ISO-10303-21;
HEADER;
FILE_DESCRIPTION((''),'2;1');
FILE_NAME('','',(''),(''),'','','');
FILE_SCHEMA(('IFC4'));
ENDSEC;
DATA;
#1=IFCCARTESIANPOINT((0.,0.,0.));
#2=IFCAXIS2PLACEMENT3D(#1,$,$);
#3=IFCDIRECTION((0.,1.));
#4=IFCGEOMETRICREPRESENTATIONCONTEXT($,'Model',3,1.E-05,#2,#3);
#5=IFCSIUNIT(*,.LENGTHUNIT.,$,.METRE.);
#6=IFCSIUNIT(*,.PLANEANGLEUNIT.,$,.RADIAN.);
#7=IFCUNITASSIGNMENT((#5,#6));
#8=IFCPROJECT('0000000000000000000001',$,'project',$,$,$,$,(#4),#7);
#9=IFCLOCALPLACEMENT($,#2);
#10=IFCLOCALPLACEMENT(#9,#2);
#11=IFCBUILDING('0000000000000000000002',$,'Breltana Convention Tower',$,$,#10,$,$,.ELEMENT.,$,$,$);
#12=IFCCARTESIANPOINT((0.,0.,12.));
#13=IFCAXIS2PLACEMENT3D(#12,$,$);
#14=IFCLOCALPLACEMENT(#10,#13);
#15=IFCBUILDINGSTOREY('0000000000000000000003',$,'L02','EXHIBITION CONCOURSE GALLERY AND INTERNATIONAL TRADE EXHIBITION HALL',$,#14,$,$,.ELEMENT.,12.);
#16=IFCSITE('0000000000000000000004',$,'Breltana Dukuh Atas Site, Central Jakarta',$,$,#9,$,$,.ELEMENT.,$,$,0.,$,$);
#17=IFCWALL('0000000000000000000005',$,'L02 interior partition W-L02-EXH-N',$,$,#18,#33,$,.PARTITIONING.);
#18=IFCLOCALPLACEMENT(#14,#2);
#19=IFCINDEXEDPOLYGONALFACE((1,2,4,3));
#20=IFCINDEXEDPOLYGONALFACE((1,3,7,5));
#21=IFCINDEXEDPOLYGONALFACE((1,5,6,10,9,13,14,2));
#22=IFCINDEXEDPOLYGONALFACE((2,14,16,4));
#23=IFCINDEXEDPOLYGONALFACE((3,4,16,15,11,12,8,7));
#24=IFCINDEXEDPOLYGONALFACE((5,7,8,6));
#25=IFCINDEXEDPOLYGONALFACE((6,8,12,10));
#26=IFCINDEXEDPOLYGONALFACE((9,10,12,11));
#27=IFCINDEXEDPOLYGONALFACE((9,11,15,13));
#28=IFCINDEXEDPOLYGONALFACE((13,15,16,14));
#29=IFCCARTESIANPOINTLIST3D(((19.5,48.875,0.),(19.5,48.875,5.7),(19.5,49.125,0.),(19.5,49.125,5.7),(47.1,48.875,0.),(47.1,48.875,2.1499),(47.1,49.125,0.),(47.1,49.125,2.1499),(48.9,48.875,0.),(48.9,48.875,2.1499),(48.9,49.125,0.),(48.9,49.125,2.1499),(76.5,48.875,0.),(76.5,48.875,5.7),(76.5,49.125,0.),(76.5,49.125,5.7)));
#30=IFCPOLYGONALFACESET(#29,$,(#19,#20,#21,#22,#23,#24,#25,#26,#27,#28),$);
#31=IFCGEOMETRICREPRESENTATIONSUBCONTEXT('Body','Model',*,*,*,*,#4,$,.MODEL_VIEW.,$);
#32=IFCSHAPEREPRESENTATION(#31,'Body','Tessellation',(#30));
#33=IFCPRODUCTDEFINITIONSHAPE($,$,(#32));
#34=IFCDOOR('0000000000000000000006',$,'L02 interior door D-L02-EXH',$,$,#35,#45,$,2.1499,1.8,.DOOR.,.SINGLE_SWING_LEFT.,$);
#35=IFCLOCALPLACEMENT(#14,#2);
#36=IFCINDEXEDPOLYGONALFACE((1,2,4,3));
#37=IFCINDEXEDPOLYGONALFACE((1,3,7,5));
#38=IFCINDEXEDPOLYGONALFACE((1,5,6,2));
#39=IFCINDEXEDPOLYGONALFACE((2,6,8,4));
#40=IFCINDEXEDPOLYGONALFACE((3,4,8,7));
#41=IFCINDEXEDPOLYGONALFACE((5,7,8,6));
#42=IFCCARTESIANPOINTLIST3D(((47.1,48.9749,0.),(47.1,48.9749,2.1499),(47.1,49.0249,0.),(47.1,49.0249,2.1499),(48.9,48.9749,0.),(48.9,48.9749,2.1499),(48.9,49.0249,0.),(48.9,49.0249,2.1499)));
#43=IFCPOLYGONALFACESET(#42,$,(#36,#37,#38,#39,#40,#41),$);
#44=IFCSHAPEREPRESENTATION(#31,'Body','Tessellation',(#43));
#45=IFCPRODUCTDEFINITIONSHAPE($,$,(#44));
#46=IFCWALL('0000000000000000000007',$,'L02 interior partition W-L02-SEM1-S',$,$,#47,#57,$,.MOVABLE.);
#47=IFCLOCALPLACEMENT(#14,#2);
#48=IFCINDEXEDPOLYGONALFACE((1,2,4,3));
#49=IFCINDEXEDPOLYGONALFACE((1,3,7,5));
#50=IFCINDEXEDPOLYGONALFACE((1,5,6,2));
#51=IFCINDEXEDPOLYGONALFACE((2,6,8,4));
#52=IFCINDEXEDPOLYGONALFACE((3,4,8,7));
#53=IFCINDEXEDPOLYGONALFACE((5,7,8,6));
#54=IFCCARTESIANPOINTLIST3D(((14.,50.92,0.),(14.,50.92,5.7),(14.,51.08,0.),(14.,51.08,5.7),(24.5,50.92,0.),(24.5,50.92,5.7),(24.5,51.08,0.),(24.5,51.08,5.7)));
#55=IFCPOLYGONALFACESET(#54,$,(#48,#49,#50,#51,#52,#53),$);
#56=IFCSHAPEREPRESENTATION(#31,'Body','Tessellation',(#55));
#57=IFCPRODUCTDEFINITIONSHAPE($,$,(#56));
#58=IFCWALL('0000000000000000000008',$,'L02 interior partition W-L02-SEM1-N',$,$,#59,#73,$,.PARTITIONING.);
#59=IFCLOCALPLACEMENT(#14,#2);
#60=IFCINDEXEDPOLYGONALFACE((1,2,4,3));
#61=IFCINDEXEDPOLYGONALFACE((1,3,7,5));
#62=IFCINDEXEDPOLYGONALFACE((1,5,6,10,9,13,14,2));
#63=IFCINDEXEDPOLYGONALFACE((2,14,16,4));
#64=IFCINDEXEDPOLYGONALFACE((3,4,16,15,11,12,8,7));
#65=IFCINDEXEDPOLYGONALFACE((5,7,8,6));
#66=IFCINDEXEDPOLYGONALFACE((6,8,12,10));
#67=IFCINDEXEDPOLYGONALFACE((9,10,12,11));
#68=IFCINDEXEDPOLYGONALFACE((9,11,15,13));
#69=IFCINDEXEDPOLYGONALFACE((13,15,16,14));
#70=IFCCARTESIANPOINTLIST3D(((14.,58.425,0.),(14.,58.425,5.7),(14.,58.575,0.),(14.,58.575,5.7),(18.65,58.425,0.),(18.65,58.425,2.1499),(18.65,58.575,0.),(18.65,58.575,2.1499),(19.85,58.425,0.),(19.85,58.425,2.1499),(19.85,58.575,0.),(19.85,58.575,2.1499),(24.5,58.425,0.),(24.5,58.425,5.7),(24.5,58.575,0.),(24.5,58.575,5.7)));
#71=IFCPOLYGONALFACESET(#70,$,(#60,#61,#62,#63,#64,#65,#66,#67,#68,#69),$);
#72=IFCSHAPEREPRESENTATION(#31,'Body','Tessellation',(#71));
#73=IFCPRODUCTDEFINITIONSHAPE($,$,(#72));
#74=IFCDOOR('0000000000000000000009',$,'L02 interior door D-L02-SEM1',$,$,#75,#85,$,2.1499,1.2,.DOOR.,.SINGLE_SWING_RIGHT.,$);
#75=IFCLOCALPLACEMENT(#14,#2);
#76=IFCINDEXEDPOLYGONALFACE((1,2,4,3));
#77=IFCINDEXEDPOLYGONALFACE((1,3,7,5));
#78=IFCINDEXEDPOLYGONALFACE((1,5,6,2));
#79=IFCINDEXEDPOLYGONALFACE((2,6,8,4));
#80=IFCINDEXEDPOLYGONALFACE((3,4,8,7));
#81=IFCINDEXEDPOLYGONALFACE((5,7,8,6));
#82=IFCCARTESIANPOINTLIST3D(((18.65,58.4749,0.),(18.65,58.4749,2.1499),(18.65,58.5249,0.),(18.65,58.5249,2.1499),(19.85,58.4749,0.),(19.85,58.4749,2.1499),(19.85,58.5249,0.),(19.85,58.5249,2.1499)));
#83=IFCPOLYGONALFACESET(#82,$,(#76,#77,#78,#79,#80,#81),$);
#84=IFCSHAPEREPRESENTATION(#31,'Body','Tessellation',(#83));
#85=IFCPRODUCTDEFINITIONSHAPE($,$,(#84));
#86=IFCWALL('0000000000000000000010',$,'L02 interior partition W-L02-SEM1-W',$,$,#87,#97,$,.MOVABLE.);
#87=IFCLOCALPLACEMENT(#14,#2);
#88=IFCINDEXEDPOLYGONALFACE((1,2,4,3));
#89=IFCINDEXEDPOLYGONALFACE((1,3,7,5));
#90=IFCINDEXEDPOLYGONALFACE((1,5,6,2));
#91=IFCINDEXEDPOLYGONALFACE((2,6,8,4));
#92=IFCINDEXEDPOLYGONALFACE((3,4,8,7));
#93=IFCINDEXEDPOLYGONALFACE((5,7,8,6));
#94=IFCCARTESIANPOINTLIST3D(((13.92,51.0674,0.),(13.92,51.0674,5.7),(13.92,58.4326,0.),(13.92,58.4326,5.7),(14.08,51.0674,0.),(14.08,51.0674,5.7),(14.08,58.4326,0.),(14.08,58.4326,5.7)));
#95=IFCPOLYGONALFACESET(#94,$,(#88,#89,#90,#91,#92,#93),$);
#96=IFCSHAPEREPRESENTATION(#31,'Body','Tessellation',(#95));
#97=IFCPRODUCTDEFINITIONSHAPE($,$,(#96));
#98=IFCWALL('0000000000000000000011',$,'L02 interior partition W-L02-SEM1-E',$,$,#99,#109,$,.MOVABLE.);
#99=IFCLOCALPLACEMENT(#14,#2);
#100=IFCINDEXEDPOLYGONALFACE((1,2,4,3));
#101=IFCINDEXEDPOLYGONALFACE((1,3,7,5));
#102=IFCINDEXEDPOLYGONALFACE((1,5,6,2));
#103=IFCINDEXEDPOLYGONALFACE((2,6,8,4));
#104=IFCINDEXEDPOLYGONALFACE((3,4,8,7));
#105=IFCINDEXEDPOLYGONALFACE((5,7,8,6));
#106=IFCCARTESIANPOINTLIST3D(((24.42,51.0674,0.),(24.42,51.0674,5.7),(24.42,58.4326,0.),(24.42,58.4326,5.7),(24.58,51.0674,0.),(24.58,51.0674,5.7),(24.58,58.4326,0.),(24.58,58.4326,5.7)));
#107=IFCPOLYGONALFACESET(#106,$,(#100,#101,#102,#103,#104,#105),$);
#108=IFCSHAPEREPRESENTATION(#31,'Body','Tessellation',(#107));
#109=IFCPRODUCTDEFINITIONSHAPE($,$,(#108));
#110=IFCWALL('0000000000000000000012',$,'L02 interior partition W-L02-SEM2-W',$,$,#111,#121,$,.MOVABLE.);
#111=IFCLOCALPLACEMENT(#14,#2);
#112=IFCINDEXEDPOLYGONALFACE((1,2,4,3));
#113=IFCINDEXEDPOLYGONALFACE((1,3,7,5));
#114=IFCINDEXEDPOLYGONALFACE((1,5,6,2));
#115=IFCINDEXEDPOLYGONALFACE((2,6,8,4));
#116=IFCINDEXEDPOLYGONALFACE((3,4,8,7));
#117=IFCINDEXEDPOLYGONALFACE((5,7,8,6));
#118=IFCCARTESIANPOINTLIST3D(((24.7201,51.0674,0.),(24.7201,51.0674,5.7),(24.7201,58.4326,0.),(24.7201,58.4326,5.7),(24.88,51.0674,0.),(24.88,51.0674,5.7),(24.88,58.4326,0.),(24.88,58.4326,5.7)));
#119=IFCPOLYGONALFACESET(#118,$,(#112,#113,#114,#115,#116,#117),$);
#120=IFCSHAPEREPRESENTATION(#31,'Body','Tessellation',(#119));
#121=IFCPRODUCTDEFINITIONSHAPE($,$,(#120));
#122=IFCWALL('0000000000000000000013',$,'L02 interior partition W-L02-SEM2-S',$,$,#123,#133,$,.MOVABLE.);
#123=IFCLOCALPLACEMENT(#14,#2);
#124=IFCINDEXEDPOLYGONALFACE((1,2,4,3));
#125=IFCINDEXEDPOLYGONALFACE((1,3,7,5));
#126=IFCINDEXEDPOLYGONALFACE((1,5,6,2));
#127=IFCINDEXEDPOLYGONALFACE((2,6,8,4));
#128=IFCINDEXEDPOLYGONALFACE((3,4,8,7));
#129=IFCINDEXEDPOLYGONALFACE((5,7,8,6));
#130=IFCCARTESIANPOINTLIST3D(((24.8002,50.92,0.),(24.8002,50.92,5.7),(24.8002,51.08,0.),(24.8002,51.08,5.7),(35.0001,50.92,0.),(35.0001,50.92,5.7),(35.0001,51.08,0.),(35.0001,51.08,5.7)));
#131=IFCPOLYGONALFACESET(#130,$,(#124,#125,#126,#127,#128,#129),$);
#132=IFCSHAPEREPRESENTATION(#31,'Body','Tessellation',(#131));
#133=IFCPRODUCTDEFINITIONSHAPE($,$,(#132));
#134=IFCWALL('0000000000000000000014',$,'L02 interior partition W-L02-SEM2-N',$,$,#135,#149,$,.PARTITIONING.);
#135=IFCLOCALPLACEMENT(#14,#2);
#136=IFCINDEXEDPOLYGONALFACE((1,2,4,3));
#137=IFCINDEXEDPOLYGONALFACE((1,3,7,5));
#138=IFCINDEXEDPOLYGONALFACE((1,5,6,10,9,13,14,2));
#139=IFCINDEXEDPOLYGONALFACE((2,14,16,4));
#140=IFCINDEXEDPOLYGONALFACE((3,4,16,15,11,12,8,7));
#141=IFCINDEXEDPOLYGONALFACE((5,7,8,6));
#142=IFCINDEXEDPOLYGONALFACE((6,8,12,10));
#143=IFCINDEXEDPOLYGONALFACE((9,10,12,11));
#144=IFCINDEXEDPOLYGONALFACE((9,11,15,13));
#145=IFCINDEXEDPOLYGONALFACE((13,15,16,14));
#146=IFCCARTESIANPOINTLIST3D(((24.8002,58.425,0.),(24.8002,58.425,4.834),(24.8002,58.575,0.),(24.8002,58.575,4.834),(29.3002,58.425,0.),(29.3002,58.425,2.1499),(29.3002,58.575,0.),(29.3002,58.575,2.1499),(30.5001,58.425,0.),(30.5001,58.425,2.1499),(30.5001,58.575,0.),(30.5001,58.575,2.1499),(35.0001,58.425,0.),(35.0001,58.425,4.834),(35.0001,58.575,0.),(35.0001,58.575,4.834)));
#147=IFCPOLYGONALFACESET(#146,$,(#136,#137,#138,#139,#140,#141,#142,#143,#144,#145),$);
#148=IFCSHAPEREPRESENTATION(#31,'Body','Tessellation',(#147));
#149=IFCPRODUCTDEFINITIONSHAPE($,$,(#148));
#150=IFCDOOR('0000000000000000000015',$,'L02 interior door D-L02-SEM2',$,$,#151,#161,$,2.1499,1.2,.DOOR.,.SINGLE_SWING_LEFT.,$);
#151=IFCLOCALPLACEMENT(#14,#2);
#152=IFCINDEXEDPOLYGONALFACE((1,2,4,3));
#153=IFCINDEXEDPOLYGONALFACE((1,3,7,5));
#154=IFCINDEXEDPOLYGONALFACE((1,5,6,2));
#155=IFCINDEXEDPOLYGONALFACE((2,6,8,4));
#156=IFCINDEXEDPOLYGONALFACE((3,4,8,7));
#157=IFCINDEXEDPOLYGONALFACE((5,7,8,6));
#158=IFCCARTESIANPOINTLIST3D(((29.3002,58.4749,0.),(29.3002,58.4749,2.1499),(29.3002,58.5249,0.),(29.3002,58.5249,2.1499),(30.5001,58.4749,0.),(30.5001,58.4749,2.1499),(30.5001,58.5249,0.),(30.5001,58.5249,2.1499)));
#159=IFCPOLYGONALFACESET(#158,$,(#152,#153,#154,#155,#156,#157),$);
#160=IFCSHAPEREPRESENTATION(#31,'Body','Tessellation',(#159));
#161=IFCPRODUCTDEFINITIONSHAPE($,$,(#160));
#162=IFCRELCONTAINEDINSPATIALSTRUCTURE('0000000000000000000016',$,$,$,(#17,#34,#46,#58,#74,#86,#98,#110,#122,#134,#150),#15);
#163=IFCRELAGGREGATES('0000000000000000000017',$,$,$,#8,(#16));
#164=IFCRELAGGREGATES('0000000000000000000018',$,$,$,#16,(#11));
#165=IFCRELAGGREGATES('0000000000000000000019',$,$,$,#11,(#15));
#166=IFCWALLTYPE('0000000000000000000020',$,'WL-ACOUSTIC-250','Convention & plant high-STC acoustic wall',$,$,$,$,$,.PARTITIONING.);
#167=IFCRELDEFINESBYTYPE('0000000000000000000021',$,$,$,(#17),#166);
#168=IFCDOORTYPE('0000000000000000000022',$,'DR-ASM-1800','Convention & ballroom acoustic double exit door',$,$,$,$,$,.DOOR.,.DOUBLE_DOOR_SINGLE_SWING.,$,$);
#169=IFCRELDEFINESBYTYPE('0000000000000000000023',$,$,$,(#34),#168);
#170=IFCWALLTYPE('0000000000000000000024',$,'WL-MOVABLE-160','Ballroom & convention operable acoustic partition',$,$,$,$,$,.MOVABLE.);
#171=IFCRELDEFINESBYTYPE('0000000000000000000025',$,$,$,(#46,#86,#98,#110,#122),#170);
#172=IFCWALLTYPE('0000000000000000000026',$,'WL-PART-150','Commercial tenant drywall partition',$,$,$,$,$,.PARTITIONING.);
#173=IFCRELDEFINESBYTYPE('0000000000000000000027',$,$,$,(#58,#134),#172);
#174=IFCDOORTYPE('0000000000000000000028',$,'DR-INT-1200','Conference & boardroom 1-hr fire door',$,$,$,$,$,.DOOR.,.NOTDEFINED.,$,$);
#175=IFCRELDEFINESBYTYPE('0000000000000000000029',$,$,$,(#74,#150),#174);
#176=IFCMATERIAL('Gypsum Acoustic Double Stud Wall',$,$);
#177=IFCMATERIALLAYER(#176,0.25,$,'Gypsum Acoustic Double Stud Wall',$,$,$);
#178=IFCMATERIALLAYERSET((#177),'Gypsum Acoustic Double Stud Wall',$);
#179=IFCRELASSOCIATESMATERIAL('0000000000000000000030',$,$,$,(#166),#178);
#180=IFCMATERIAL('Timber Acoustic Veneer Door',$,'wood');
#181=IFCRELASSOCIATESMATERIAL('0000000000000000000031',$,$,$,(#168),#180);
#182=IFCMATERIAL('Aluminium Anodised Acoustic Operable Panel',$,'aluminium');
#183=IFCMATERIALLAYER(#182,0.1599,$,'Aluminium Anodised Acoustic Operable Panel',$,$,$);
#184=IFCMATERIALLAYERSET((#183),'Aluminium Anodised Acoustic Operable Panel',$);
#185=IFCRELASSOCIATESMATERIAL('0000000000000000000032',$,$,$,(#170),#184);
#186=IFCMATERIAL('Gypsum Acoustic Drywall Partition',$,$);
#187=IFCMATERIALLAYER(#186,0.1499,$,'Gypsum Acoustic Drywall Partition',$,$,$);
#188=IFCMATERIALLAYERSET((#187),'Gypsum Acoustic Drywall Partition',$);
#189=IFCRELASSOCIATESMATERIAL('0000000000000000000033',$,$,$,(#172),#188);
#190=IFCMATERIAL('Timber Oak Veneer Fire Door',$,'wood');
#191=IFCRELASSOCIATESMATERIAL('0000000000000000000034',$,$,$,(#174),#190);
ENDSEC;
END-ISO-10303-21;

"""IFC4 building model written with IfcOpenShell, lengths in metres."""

from ifc_helpers import new_model, si_unit, direction, frame, frame_2d, origin, place, context, subcontext, project, spatial, rectangle, extrude, source, transform, mapped, material, layer, layer_set, type_object, type_shapes, element, fill, save


model = new_model("IFC4")

# Units and contexts
model_context = context("Model", 3, precision=1e-05, world=origin(), true_north=direction((0.0, 1.0)))
body_context = subcontext(model_context, "Body", "Model", "MODEL_VIEW")
ifc_project = project(units=[si_unit("LENGTHUNIT", "METRE"), si_unit("PLANEANGLEUNIT", "RADIAN")], contexts=[model_context])

# Site, building, storey
site_placement = place(None, origin())
site = spatial("IfcSite", under=ifc_project, at=site_placement, Name="Breltana Dukuh Atas Site, Central Jakarta", CompositionType="ELEMENT", RefElevation=0.0)
building_placement = place(site_placement, origin())
building = spatial("IfcBuilding", under=site, at=building_placement, Name="Breltana Convention Tower", CompositionType="ELEMENT")
storey_placement = place(building_placement, frame((0.0, 0.0, 12.0)))
storey = spatial("IfcBuildingStorey", under=building, at=storey_placement, Name="L02", Description="EXHIBITION CONCOURSE GALLERY AND INTERNATIONAL TRADE EXHIBITION HALL", CompositionType="ELEMENT", Elevation=12.0)

# Wall, opening, door
ifc_material_1 = material(Name="Gypsum Acoustic Double Stud Wall")
ifc_layer_1 = layer(ifc_material_1, 0.25, Name="Gypsum Acoustic Double Stud Wall")
ifc_layer_set_1 = layer_set([ifc_layer_1], Name="Gypsum Acoustic Double Stud Wall")
wall_type_1 = type_object("IfcWallType", Name="WL-ACOUSTIC-250", Description="Convention & plant high-STC acoustic wall", PredefinedType="PARTITIONING", material=ifc_layer_set_1)
shared_shape_1 = source(origin(), body_context, "Body", "SweptSolid", [
    extrude(rectangle(XDim=57.0, YDim=0.25, at=frame_2d((28.5, 0.0))), origin(), (0.0, 0.0, 1.0), 5.7),
])
wall_1_placement = place(storey_placement, frame((19.5, 49.0, 0.0), z_axis=(0.0, 0.0, 1.0), x_axis=(1.0, 0.0, 0.0)))
wall_1 = element("IfcWall", 1, at=wall_1_placement, inside=storey, type_object=wall_type_1, Name="L02 interior partition W-L02-EXH-N", PredefinedType="PARTITIONING", context=body_context, shape_type="MappedRepresentation", body=[
    mapped(shared_shape_1, transform((0.0, 0.0, 0.0), scale=1.0)),
])
opening_1_placement = place(wall_1_placement, frame((27.6001, 0.0, 0.0)))
opening_1 = element("IfcOpeningElement", 2, at=opening_1_placement, cuts=wall_1, PredefinedType="OPENING", context=body_context, shape_type="SweptSolid", body=[
    extrude(rectangle(XDim=1.8, YDim=2.1499, at=frame_2d((0.8999, 1.075))), frame((0.0, 0.135, 0.0), z_axis=(0.0, -1.0, 0.0), x_axis=(1.0, 0.0, 0.0)), (0.0, 0.0, 1.0), 0.27),
])
ifc_material_2 = material(Name="Timber Acoustic Veneer Door", Category="wood")
door_type_1 = type_object("IfcDoorType", Name="DR-ASM-1800", Description="Convention & ballroom acoustic double exit door", OperationType="DOUBLE_DOOR_SINGLE_SWING", PredefinedType="DOOR", material=ifc_material_2)
shared_shape_2 = source(origin(), body_context, "Body", "SweptSolid", [
    extrude(rectangle(XDim=1.8, YDim=2.1499, at=frame_2d((0.8999, 1.075))), frame((0.0, 0.0249, 0.0), z_axis=(0.0, -1.0, 0.0), x_axis=(1.0, 0.0, 0.0)), (0.0, 0.0, 1.0), 0.05),
])
type_shapes(door_type_1, [shared_shape_2])
door_1_placement = place(opening_1_placement, origin())
door_1 = element("IfcDoor", 3, at=door_1_placement, inside=storey, type_object=door_type_1, Name="L02 interior door D-L02-EXH", OperationType="SINGLE_SWING_LEFT", OverallHeight=2.1499, OverallWidth=1.8, PredefinedType="DOOR", context=body_context, shape_type="MappedRepresentation", body=[
    mapped(shared_shape_2, transform((0.0, 0.0, 0.0), scale=1.0)),
])
fill(opening_1, door_1)

# Wall
ifc_material_3 = material(Name="Aluminium Anodised Acoustic Operable Panel", Category="aluminium")
ifc_layer_2 = layer(ifc_material_3, 0.1599, Name="Aluminium Anodised Acoustic Operable Panel")
ifc_layer_set_2 = layer_set([ifc_layer_2], Name="Aluminium Anodised Acoustic Operable Panel")
wall_type_2 = type_object("IfcWallType", Name="WL-MOVABLE-160", Description="Ballroom & convention operable acoustic partition", PredefinedType="MOVABLE", material=ifc_layer_set_2)
shared_shape_3 = source(origin(), body_context, "Body", "SweptSolid", [
    extrude(rectangle(XDim=10.5, YDim=0.1599, at=frame_2d((5.25, 0.0))), origin(), (0.0, 0.0, 1.0), 5.7),
])
wall_2_placement = place(storey_placement, frame((14.0, 51.0, 0.0), z_axis=(0.0, 0.0, 1.0), x_axis=(1.0, 0.0, 0.0)))
element("IfcWall", 4, at=wall_2_placement, inside=storey, type_object=wall_type_2, Name="L02 interior partition W-L02-SEM1-S", PredefinedType="MOVABLE", context=body_context, shape_type="MappedRepresentation", body=[
    mapped(shared_shape_3, transform((0.0, 0.0, 0.0), scale=1.0)),
])

# Wall, opening, door
ifc_material_4 = material(Name="Gypsum Acoustic Drywall Partition")
ifc_layer_3 = layer(ifc_material_4, 0.1499, Name="Gypsum Acoustic Drywall Partition")
ifc_layer_set_3 = layer_set([ifc_layer_3], Name="Gypsum Acoustic Drywall Partition")
wall_type_3 = type_object("IfcWallType", Name="WL-PART-150", Description="Commercial tenant drywall partition", PredefinedType="PARTITIONING", material=ifc_layer_set_3)
shared_shape_4 = source(origin(), body_context, "Body", "SweptSolid", [
    extrude(rectangle(XDim=10.5, YDim=0.1499, at=frame_2d((5.25, 0.0))), origin(), (0.0, 0.0, 1.0), 5.7),
])
wall_3_placement = place(storey_placement, frame((14.0, 58.5, 0.0), z_axis=(0.0, 0.0, 1.0), x_axis=(1.0, 0.0, 0.0)))
wall_3 = element("IfcWall", 5, at=wall_3_placement, inside=storey, type_object=wall_type_3, Name="L02 interior partition W-L02-SEM1-N", PredefinedType="PARTITIONING", context=body_context, shape_type="MappedRepresentation", body=[
    mapped(shared_shape_4, transform((0.0, 0.0, 0.0), scale=1.0)),
])
opening_2_placement = place(wall_3_placement, frame((4.6499, 0.0, 0.0)))
opening_2 = element("IfcOpeningElement", 6, at=opening_2_placement, cuts=wall_3, PredefinedType="OPENING", context=body_context, shape_type="SweptSolid", body=[
    extrude(rectangle(XDim=1.2, YDim=2.1499, at=frame_2d((0.6001, 1.075))), frame((0.0, 0.085, 0.0), z_axis=(0.0, -1.0, 0.0), x_axis=(1.0, 0.0, 0.0)), (0.0, 0.0, 1.0), 0.1699),
])
ifc_material_5 = material(Name="Timber Oak Veneer Fire Door", Category="wood")
door_type_2 = type_object("IfcDoorType", Name="DR-INT-1200", Description="Conference & boardroom 1-hr fire door", OperationType="NOTDEFINED", PredefinedType="DOOR", material=ifc_material_5)
shared_shape_5 = source(origin(), body_context, "Body", "SweptSolid", [
    extrude(rectangle(XDim=1.2, YDim=2.1499, at=frame_2d((0.6001, 1.075))), frame((0.0, 0.0249, 0.0), z_axis=(0.0, -1.0, 0.0), x_axis=(1.0, 0.0, 0.0)), (0.0, 0.0, 1.0), 0.05),
])
type_shapes(door_type_2, [shared_shape_5])
door_2_placement = place(opening_2_placement, origin())
door_2 = element("IfcDoor", 7, at=door_2_placement, inside=storey, type_object=door_type_2, Name="L02 interior door D-L02-SEM1", OperationType="SINGLE_SWING_RIGHT", OverallHeight=2.1499, OverallWidth=1.2, PredefinedType="DOOR", context=body_context, shape_type="MappedRepresentation", body=[
    mapped(shared_shape_5, transform((0.0, 0.0, 0.0), scale=1.0)),
])
fill(opening_2, door_2)

# Walls
shared_shape_6 = source(origin(), body_context, "Body", "SweptSolid", [
    extrude(rectangle(XDim=7.3652, YDim=0.1599, at=frame_2d((3.6826, 0.0))), origin(), (0.0, 0.0, 1.0), 5.7),
])
for number, where, z_axis, x_axis, name in (
    (8, (14.0, 51.0674, 0.0), (0.0, 0.0, 1.0), (0.0, 1.0, 0.0), "L02 interior partition W-L02-SEM1-W"),
    (9, (24.5, 51.0674, 0.0), (0.0, 0.0, 1.0), (0.0, 1.0, 0.0), "L02 interior partition W-L02-SEM1-E"),
    (10, (24.8, 51.0674, 0.0), (0.0, 0.0, 1.0), (0.0, 1.0, 0.0), "L02 interior partition W-L02-SEM2-W"),
):
    element("IfcWall", number, at=place(storey_placement, frame(where, z_axis=z_axis, x_axis=x_axis)), inside=storey, type_object=wall_type_2, Name=name, PredefinedType="MOVABLE", context=body_context, shape_type="MappedRepresentation", body=[
        mapped(shared_shape_6, transform((0.0, 0.0, 0.0), scale=1.0)),
    ])
shared_shape_7 = source(origin(), body_context, "Body", "SweptSolid", [
    extrude(rectangle(XDim=10.2, YDim=0.1599, at=frame_2d((5.1001, 0.0))), origin(), (0.0, 0.0, 1.0), 5.7),
])
wall_4_placement = place(storey_placement, frame((24.8, 51.0, 0.0), z_axis=(0.0, 0.0, 1.0), x_axis=(1.0, 0.0, 0.0)))
element("IfcWall", 11, at=wall_4_placement, inside=storey, type_object=wall_type_2, Name="L02 interior partition W-L02-SEM2-S", PredefinedType="MOVABLE", context=body_context, shape_type="MappedRepresentation", body=[
    mapped(shared_shape_7, transform((0.0, 0.0, 0.0), scale=1.0)),
])

# Wall, opening, door
shared_shape_8 = source(origin(), body_context, "Body", "SweptSolid", [
    extrude(rectangle(XDim=10.2, YDim=0.1499, at=frame_2d((5.1001, 0.0))), origin(), (0.0, 0.0, 1.0), 4.834),
])
wall_5_placement = place(storey_placement, frame((24.8, 58.5, 0.0), z_axis=(0.0, 0.0, 1.0), x_axis=(1.0, 0.0, 0.0)))
wall_5 = element("IfcWall", 12, at=wall_5_placement, inside=storey, type_object=wall_type_3, Name="L02 interior partition W-L02-SEM2-N", PredefinedType="PARTITIONING", context=body_context, shape_type="MappedRepresentation", body=[
    mapped(shared_shape_8, transform((0.0, 0.0, 0.0), scale=1.0)),
])
opening_3_placement = place(wall_5_placement, frame((4.5, 0.0, 0.0)))
opening_3 = element("IfcOpeningElement", 13, at=opening_3_placement, cuts=wall_5, PredefinedType="OPENING", context=body_context, shape_type="SweptSolid", body=[
    extrude(rectangle(XDim=1.2, YDim=2.1499, at=frame_2d((0.6001, 1.075))), frame((0.0, 0.085, 0.0), z_axis=(0.0, -1.0, 0.0), x_axis=(1.0, 0.0, 0.0)), (0.0, 0.0, 1.0), 0.1699),
])
door_3_placement = place(opening_3_placement, origin())
door_3 = element("IfcDoor", 14, at=door_3_placement, inside=storey, type_object=door_type_2, Name="L02 interior door D-L02-SEM2", OperationType="SINGLE_SWING_LEFT", OverallHeight=2.1499, OverallWidth=1.2, PredefinedType="DOOR", context=body_context, shape_type="MappedRepresentation", body=[
    mapped(shared_shape_5, transform((0.0, 0.0, 0.0), scale=1.0)),
])
fill(opening_3, door_3)

save(model, "model.ifc")
